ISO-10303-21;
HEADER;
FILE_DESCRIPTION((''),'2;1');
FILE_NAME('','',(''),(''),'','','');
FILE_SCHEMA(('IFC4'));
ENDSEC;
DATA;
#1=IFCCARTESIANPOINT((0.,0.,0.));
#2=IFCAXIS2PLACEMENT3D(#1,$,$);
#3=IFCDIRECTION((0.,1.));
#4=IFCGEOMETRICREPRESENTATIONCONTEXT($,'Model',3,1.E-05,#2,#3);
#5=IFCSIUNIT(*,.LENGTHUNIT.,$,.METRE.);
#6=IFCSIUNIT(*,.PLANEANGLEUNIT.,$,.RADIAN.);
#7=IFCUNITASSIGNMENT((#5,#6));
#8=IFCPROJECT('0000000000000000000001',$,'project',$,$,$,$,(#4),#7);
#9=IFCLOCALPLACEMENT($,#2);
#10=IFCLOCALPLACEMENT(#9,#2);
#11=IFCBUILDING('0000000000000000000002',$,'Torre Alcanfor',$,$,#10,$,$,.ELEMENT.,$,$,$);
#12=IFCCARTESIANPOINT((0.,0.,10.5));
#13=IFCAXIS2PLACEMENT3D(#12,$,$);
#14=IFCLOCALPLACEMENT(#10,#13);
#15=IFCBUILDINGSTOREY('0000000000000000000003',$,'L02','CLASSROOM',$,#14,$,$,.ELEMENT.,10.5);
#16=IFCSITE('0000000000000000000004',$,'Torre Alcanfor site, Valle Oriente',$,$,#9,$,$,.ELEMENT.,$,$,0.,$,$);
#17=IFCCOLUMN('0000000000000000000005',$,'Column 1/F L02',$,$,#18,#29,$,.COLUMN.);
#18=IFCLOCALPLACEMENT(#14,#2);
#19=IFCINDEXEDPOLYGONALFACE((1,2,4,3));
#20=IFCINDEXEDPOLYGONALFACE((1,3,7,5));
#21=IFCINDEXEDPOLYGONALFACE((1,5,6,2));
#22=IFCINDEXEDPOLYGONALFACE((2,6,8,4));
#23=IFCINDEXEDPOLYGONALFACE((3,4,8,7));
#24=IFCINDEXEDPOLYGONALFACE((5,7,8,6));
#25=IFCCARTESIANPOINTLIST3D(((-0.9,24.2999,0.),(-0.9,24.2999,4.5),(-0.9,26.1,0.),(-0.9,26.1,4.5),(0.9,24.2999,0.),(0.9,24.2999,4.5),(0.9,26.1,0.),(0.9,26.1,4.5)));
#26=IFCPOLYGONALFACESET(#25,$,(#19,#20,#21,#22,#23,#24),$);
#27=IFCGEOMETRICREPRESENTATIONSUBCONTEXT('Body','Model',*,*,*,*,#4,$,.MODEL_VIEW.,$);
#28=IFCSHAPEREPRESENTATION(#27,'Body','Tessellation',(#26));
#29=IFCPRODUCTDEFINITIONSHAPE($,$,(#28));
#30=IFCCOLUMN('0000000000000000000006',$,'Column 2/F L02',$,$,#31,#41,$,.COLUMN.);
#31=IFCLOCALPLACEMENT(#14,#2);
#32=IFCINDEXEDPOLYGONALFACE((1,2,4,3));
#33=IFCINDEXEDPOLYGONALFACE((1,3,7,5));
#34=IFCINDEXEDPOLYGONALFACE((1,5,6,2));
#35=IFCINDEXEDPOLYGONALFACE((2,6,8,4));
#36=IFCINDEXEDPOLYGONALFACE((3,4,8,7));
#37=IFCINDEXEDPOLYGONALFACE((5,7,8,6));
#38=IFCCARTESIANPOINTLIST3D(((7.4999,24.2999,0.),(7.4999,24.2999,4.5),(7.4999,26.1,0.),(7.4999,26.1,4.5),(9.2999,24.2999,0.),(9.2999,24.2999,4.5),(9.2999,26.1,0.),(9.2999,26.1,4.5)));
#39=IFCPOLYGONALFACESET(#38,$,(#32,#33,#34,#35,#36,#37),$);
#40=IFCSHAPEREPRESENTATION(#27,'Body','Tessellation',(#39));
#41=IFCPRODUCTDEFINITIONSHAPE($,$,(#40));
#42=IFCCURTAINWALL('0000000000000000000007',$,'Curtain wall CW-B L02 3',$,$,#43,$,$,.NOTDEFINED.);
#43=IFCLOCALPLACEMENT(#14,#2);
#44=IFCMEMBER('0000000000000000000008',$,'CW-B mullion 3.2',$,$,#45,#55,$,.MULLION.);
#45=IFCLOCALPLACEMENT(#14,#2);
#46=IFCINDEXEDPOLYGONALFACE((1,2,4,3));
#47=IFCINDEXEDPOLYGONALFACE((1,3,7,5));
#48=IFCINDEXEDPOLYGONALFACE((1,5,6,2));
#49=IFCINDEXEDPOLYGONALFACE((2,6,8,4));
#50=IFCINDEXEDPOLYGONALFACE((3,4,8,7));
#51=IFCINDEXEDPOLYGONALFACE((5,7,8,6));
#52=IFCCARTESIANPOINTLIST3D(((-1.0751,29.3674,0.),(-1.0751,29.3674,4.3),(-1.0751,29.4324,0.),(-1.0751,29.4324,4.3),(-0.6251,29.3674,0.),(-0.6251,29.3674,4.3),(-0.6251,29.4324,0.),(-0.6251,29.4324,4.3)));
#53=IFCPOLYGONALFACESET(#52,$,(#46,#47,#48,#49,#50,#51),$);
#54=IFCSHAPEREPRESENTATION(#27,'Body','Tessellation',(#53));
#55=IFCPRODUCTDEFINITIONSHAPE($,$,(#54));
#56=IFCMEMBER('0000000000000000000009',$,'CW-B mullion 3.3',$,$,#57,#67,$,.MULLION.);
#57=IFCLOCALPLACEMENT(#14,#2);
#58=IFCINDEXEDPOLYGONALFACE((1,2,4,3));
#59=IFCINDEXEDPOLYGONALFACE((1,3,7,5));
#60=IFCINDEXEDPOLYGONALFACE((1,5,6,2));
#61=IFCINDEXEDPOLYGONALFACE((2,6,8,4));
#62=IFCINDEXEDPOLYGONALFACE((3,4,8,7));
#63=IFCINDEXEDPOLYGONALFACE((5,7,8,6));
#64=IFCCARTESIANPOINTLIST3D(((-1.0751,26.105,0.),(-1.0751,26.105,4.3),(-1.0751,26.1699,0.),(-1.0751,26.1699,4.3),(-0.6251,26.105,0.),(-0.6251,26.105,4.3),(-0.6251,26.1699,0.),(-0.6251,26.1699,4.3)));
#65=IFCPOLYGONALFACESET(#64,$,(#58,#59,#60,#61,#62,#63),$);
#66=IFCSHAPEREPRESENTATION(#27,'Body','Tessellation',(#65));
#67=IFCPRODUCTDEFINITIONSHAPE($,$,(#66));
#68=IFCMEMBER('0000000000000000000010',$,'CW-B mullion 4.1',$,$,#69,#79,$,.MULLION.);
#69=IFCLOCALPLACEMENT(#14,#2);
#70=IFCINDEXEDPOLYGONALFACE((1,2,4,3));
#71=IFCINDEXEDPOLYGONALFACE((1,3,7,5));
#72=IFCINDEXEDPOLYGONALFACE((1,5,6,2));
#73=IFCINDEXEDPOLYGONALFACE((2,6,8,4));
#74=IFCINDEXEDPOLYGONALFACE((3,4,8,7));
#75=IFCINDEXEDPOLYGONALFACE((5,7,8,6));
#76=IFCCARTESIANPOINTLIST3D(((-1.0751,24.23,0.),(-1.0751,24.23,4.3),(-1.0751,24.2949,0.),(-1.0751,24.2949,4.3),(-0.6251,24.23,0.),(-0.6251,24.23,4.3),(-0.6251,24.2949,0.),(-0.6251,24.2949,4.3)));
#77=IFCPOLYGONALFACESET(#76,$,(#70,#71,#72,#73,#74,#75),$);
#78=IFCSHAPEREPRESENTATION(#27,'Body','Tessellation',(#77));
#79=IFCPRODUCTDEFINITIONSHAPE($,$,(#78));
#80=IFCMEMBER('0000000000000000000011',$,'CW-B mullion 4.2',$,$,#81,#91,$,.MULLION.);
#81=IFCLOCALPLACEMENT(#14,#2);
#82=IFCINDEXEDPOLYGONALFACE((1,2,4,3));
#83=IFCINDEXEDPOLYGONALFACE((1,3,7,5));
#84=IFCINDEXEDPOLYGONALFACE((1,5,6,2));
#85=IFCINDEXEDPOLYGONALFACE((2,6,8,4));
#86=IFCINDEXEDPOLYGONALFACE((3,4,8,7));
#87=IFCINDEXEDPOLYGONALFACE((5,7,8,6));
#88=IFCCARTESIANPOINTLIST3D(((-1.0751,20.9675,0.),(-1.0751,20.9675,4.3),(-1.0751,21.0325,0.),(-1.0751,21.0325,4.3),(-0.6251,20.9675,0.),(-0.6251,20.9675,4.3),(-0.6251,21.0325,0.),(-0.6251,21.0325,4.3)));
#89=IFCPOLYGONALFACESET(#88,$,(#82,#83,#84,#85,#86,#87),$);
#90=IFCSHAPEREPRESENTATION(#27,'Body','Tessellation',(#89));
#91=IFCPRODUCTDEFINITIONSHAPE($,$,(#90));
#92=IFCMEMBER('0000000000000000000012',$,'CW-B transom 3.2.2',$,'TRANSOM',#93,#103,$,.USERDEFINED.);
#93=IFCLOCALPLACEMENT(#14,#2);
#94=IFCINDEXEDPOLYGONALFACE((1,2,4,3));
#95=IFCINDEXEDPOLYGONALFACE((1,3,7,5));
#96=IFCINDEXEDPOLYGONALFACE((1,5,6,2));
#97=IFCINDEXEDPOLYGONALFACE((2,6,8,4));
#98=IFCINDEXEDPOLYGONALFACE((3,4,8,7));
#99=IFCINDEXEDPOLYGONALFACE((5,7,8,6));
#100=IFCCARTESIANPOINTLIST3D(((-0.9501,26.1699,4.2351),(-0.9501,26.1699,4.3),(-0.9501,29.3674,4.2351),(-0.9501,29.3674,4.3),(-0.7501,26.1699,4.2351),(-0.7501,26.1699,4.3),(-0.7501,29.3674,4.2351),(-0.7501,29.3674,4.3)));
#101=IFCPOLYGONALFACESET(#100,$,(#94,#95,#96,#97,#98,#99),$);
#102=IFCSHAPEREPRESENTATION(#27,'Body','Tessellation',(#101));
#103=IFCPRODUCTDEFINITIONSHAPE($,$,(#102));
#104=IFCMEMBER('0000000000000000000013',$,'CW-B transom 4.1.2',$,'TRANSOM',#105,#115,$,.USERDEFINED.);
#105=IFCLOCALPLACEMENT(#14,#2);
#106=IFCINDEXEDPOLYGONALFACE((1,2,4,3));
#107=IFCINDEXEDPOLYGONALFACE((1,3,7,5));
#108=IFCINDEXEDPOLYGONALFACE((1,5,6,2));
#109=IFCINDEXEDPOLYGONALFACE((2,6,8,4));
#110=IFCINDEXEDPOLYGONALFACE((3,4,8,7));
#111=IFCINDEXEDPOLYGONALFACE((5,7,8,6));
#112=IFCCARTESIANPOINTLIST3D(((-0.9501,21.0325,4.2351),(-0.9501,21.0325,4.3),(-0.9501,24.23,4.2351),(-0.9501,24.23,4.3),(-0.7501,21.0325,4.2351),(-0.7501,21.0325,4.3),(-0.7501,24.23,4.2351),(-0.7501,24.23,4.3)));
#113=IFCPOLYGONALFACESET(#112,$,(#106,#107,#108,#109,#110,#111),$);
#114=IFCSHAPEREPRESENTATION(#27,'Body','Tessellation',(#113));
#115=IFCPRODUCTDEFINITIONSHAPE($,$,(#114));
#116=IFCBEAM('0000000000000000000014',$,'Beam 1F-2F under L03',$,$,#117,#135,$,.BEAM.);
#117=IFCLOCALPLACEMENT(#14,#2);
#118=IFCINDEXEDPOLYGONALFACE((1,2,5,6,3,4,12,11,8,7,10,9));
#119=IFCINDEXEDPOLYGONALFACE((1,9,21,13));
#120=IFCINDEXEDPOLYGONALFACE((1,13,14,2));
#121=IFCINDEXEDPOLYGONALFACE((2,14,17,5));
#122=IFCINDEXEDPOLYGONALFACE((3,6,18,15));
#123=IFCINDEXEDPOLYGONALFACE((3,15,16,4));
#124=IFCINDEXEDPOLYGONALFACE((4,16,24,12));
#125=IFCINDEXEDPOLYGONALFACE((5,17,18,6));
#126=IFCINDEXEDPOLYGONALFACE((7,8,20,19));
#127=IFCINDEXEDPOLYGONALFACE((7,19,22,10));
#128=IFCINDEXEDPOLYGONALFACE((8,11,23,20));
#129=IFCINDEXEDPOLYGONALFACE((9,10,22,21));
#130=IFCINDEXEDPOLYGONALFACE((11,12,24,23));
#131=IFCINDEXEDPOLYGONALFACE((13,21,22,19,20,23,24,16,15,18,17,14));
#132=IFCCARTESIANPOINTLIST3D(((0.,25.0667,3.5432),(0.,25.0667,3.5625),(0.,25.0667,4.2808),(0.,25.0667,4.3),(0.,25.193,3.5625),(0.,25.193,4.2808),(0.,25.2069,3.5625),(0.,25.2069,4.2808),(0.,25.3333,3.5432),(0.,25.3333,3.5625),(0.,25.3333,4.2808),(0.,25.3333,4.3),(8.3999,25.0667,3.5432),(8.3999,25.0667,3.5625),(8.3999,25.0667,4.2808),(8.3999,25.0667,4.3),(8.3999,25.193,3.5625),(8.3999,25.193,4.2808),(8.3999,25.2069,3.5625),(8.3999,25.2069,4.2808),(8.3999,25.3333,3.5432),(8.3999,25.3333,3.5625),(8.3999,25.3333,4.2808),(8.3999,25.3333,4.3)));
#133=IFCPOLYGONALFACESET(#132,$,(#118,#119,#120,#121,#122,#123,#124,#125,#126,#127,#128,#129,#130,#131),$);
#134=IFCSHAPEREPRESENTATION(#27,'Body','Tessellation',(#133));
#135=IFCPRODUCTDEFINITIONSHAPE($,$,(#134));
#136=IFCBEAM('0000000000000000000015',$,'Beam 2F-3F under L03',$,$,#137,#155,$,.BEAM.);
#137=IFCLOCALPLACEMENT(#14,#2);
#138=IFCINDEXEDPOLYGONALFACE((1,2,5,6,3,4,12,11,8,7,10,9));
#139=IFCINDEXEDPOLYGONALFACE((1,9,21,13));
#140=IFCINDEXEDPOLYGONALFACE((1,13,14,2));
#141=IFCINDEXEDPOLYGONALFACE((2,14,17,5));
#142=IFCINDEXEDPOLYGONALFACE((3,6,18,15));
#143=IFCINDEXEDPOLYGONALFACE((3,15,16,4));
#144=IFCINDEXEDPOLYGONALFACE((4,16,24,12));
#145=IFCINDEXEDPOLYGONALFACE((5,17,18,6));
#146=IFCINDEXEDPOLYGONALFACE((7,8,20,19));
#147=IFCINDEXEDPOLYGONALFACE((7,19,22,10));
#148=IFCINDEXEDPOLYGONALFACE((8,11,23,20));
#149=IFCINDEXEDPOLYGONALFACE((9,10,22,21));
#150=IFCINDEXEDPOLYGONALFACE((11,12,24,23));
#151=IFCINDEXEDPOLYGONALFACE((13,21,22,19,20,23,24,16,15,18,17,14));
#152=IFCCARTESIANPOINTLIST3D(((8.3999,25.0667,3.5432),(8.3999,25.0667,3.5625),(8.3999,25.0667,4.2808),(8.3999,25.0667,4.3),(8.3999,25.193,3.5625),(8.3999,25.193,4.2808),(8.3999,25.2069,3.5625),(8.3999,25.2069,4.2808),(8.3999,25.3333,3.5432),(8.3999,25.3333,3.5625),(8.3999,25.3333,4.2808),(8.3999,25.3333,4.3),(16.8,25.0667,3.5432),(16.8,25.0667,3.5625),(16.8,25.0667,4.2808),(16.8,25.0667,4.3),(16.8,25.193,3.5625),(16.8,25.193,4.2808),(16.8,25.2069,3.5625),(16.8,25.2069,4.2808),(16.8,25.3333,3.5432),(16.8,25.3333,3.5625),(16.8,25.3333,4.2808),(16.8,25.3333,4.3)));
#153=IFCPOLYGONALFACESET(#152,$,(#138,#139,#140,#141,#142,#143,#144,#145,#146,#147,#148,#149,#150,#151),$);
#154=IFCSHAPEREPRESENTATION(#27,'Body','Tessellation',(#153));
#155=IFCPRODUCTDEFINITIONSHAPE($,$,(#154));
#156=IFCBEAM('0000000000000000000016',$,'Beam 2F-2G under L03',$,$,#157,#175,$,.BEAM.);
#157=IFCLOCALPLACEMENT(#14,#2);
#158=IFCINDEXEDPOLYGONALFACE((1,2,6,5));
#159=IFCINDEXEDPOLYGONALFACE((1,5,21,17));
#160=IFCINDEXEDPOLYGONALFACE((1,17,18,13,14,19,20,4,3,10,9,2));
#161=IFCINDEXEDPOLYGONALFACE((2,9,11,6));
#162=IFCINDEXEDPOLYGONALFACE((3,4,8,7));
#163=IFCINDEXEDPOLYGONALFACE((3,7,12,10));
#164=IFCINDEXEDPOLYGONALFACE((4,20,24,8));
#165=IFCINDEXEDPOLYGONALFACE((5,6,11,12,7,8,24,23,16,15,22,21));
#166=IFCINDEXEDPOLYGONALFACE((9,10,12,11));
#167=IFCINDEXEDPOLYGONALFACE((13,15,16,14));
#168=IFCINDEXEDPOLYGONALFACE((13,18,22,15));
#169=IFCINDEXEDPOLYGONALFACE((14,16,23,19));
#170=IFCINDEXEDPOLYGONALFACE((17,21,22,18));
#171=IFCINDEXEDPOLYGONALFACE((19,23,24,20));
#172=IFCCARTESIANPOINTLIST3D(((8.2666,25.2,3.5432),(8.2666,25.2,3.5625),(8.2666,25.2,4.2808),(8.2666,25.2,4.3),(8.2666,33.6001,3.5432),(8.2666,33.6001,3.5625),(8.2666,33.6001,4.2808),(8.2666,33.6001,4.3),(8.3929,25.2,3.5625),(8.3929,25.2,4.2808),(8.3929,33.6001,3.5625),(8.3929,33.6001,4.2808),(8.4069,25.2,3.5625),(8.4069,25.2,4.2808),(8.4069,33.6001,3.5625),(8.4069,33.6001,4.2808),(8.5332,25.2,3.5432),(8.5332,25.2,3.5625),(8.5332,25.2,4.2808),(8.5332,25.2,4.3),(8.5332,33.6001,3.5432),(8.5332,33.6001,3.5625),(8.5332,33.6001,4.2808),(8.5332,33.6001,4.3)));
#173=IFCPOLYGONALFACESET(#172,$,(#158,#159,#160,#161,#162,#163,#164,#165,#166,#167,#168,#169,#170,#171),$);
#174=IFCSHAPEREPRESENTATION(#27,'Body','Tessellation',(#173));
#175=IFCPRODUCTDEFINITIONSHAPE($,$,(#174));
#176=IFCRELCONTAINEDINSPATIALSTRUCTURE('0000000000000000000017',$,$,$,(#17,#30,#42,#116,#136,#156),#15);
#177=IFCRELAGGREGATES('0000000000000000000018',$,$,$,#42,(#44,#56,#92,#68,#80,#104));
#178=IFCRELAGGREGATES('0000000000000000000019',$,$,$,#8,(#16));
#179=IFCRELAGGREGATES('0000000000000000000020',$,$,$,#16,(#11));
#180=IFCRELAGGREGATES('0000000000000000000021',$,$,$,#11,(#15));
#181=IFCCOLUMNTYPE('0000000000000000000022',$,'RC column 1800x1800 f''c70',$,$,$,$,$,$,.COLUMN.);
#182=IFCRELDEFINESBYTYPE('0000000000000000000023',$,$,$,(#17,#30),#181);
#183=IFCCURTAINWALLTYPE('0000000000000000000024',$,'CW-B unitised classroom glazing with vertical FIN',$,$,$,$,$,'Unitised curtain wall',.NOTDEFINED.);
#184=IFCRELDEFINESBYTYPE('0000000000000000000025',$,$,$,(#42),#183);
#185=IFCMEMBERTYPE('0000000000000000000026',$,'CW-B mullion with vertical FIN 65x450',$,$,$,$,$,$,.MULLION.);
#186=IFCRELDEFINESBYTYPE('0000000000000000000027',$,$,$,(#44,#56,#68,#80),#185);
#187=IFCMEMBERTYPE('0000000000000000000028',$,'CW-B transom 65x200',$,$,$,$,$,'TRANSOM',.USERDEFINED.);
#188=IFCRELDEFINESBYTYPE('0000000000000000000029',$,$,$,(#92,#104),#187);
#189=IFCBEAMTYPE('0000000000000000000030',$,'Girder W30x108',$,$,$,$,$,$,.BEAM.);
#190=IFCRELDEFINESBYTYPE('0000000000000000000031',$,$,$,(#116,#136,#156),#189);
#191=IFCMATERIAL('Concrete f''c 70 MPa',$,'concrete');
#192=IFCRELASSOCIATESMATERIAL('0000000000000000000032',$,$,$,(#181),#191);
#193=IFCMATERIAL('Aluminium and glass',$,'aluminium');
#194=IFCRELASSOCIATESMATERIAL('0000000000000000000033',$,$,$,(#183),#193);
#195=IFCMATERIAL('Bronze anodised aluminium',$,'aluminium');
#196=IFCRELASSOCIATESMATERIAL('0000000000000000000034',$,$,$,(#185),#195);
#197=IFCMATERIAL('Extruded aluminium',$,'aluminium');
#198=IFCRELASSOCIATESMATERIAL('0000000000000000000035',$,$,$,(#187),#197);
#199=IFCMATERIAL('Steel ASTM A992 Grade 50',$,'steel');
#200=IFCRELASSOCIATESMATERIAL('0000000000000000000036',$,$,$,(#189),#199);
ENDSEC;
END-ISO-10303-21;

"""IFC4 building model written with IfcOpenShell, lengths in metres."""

from ifc_helpers import new_model, si_unit, direction, frame, origin, origin_2d, place, context, subcontext, project, spatial, rectangle, i_section, extrude, material, material_profile, profile_set, type_object, element, aggregate, save


model = new_model("IFC4")

# Units and contexts
model_context = context("Model", 3, precision=1e-05, world=origin(), true_north=direction((0.0, 1.0)))
body_context = subcontext(model_context, "Body", "Model", "MODEL_VIEW")
ifc_project = project(units=[si_unit("LENGTHUNIT", "METRE"), si_unit("PLANEANGLEUNIT", "RADIAN")], contexts=[model_context])

# Site, building, storey
site_placement = place(None, origin())
site = spatial("IfcSite", under=ifc_project, at=site_placement, Name="Torre Alcanfor site, Valle Oriente", CompositionType="ELEMENT", RefElevation=0.0)
building_placement = place(site_placement, origin())
building = spatial("IfcBuilding", under=site, at=building_placement, Name="Torre Alcanfor", CompositionType="ELEMENT")
storey_placement = place(building_placement, frame((0.0, 0.0, 10.5)))
storey = spatial("IfcBuildingStorey", under=building, at=storey_placement, Name="L02", Description="CLASSROOM", CompositionType="ELEMENT", Elevation=10.5)

# Columns
ifc_material_1 = material(Name="Concrete f'c 70 MPa", Category="concrete")
ifc_material_profile_1 = material_profile(ifc_material_1, rectangle(XDim=1.8, YDim=1.8, at=origin_2d()), Name="1800x1800")
ifc_profile_set_1 = profile_set([ifc_material_profile_1], Name="Concrete f'c 70 MPa")
column_type = type_object("IfcColumnType", Name="RC column 1800x1800 f'c70", PredefinedType="COLUMN", material=ifc_profile_set_1)
for number, where, z_axis, x_axis, name in (
    (1, (0.0, 25.2, 0.0), (0.0, 0.0, 1.0), (1.0, 0.0, 0.0), "Column 1/F L02"),
    (2, (8.3999, 25.2, 0.0), (0.0, 0.0, 1.0), (1.0, 0.0, 0.0), "Column 2/F L02"),
):
    element("IfcColumn", number, at=place(storey_placement, frame(where, z_axis=z_axis, x_axis=x_axis)), inside=storey, type_object=column_type, Name=name, PredefinedType="COLUMN", context=body_context, shape_type="SweptSolid", body=[
        extrude(rectangle(XDim=1.8, YDim=1.8, at=origin_2d()), origin(), (0.0, 0.0, 1.0), 4.5),
    ])

# Curtain wall, members
ifc_material_2 = material(Name="Aluminium and glass", Category="aluminium")
curtain_wall_type = type_object("IfcCurtainWallType", Name="CW-B unitised classroom glazing with vertical FIN", ElementType="Unitised curtain wall", PredefinedType="NOTDEFINED", material=ifc_material_2)
curtain_wall_placement = place(storey_placement, origin())
curtain_wall = element("IfcCurtainWall", 3, at=curtain_wall_placement, inside=storey, type_object=curtain_wall_type, Name="Curtain wall CW-B L02 3", PredefinedType="NOTDEFINED")
ifc_material_3 = material(Name="Bronze anodised aluminium", Category="aluminium")
ifc_material_profile_2 = material_profile(ifc_material_3, rectangle(XDim=0.45, YDim=0.0649, at=origin_2d()), Name="CW-B mullion 65x450")
ifc_profile_set_2 = profile_set([ifc_material_profile_2], Name="Bronze anodised aluminium")
member_type_1 = type_object("IfcMemberType", Name="CW-B mullion with vertical FIN 65x450", PredefinedType="MULLION", material=ifc_profile_set_2)
member_1_placement = place(storey_placement, frame((-0.8501, 29.3999, 0.0), z_axis=(0.0, 0.0, 1.0), x_axis=(1.0, 0.0, 0.0)))
member_1 = element("IfcMember", 4, at=member_1_placement, type_object=member_type_1, Name="CW-B mullion 3.2", PredefinedType="MULLION", context=body_context, shape_type="SweptSolid", body=[
    extrude(rectangle(XDim=0.45, YDim=0.0649, at=origin_2d()), origin(), (0.0, 0.0, 1.0), 4.3),
])
member_2_placement = place(storey_placement, frame((-0.8501, 26.1375, 0.0), z_axis=(0.0, 0.0, 1.0), x_axis=(1.0, 0.0, 0.0)))
member_2 = element("IfcMember", 5, at=member_2_placement, type_object=member_type_1, Name="CW-B mullion 3.3", PredefinedType="MULLION", context=body_context, shape_type="SweptSolid", body=[
    extrude(rectangle(XDim=0.45, YDim=0.0649, at=origin_2d()), origin(), (0.0, 0.0, 1.0), 4.3),
])
member_3_placement = place(storey_placement, frame((-0.8501, 24.2625, 0.0), z_axis=(0.0, 0.0, 1.0), x_axis=(1.0, 0.0, 0.0)))
member_3 = element("IfcMember", 6, at=member_3_placement, type_object=member_type_1, Name="CW-B mullion 4.1", PredefinedType="MULLION", context=body_context, shape_type="SweptSolid", body=[
    extrude(rectangle(XDim=0.45, YDim=0.0649, at=origin_2d()), origin(), (0.0, 0.0, 1.0), 4.3),
])
member_4_placement = place(storey_placement, frame((-0.8501, 21.0, 0.0), z_axis=(0.0, 0.0, 1.0), x_axis=(1.0, 0.0, 0.0)))
member_4 = element("IfcMember", 7, at=member_4_placement, type_object=member_type_1, Name="CW-B mullion 4.2", PredefinedType="MULLION", context=body_context, shape_type="SweptSolid", body=[
    extrude(rectangle(XDim=0.45, YDim=0.0649, at=origin_2d()), origin(), (0.0, 0.0, 1.0), 4.3),
])
ifc_material_4 = material(Name="Extruded aluminium", Category="aluminium")
ifc_material_profile_3 = material_profile(ifc_material_4, rectangle(XDim=0.2, YDim=0.0649, at=origin_2d()), Name="CW-B transom 200x65")
ifc_profile_set_3 = profile_set([ifc_material_profile_3], Name="Extruded aluminium")
member_type_2 = type_object("IfcMemberType", Name="CW-B transom 65x200", ElementType="TRANSOM", PredefinedType="USERDEFINED", material=ifc_profile_set_3)
member_5_placement = place(storey_placement, frame((-0.8501, 29.3674, 4.2676), z_axis=(0.0, -1.0, 0.0), x_axis=(1.0, 0.0, 0.0)))
member_5 = element("IfcMember", 8, at=member_5_placement, type_object=member_type_2, Name="CW-B transom 3.2.2", ObjectType="TRANSOM", PredefinedType="USERDEFINED", context=body_context, shape_type="SweptSolid", body=[
    extrude(rectangle(XDim=0.2, YDim=0.0649, at=origin_2d()), origin(), (0.0, 0.0, 1.0), 3.1975),
])
member_6_placement = place(storey_placement, frame((-0.8501, 24.23, 4.2676), z_axis=(0.0, -1.0, 0.0), x_axis=(1.0, 0.0, 0.0)))
member_6 = element("IfcMember", 9, at=member_6_placement, type_object=member_type_2, Name="CW-B transom 4.1.2", ObjectType="TRANSOM", PredefinedType="USERDEFINED", context=body_context, shape_type="SweptSolid", body=[
    extrude(rectangle(XDim=0.2, YDim=0.0649, at=origin_2d()), origin(), (0.0, 0.0, 1.0), 3.1975),
])

# Beams
ifc_material_5 = material(Name="Steel ASTM A992 Grade 50", Category="steel")
ifc_material_profile_4 = material_profile(ifc_material_5, i_section(OverallWidth=0.2666, OverallDepth=0.7568, WebThickness=0.0139, FlangeThickness=0.0193, at=origin_2d()), Name="W30x108")
ifc_profile_set_4 = profile_set([ifc_material_profile_4], Name="Steel ASTM A992 Grade 50")
beam_type_1 = type_object("IfcBeamType", Name="Girder W30x108", PredefinedType="BEAM", material=ifc_profile_set_4)
beam_1_placement = place(storey_placement, frame((0.0, 25.2, 3.9216), z_axis=(1.0, 0.0, 0.0), x_axis=(0.0, 1.0, 0.0)))
element("IfcBeam", 10, at=beam_1_placement, inside=storey, type_object=beam_type_1, Name="Beam 1F-2F under L03", PredefinedType="BEAM", context=body_context, shape_type="SweptSolid", body=[
    extrude(i_section(OverallWidth=0.2666, OverallDepth=0.7568, WebThickness=0.0139, FlangeThickness=0.0193, at=origin_2d()), origin(), (0.0, 0.0, 1.0), 8.3999),
])
for number, where, z_axis, x_axis, name in (
    (11, (8.3999, 25.2, 3.9216), (1.0, 0.0, 0.0), (0.0, 1.0, 0.0), "Beam 2F-3F under L03"),
    (12, (8.3999, 25.2, 3.9216), (0.0, 1.0, 0.0), (-1.0, 0.0, 0.0), "Beam 2F-2G under L03"),
):
    element("IfcBeam", number, at=place(storey_placement, frame(where, z_axis=z_axis, x_axis=x_axis)), inside=storey, type_object=beam_type_1, Name=name, PredefinedType="BEAM", context=body_context, shape_type="SweptSolid", body=[
        extrude(i_section(OverallWidth=0.2666, OverallDepth=0.7568, WebThickness=0.0139, FlangeThickness=0.0193, at=origin_2d()), origin(), (0.0, 0.0, 1.0), 8.4001),
    ])

aggregate(curtain_wall, [member_1, member_2, member_5, member_3, member_4, member_6])

save(model, "model.ifc")
